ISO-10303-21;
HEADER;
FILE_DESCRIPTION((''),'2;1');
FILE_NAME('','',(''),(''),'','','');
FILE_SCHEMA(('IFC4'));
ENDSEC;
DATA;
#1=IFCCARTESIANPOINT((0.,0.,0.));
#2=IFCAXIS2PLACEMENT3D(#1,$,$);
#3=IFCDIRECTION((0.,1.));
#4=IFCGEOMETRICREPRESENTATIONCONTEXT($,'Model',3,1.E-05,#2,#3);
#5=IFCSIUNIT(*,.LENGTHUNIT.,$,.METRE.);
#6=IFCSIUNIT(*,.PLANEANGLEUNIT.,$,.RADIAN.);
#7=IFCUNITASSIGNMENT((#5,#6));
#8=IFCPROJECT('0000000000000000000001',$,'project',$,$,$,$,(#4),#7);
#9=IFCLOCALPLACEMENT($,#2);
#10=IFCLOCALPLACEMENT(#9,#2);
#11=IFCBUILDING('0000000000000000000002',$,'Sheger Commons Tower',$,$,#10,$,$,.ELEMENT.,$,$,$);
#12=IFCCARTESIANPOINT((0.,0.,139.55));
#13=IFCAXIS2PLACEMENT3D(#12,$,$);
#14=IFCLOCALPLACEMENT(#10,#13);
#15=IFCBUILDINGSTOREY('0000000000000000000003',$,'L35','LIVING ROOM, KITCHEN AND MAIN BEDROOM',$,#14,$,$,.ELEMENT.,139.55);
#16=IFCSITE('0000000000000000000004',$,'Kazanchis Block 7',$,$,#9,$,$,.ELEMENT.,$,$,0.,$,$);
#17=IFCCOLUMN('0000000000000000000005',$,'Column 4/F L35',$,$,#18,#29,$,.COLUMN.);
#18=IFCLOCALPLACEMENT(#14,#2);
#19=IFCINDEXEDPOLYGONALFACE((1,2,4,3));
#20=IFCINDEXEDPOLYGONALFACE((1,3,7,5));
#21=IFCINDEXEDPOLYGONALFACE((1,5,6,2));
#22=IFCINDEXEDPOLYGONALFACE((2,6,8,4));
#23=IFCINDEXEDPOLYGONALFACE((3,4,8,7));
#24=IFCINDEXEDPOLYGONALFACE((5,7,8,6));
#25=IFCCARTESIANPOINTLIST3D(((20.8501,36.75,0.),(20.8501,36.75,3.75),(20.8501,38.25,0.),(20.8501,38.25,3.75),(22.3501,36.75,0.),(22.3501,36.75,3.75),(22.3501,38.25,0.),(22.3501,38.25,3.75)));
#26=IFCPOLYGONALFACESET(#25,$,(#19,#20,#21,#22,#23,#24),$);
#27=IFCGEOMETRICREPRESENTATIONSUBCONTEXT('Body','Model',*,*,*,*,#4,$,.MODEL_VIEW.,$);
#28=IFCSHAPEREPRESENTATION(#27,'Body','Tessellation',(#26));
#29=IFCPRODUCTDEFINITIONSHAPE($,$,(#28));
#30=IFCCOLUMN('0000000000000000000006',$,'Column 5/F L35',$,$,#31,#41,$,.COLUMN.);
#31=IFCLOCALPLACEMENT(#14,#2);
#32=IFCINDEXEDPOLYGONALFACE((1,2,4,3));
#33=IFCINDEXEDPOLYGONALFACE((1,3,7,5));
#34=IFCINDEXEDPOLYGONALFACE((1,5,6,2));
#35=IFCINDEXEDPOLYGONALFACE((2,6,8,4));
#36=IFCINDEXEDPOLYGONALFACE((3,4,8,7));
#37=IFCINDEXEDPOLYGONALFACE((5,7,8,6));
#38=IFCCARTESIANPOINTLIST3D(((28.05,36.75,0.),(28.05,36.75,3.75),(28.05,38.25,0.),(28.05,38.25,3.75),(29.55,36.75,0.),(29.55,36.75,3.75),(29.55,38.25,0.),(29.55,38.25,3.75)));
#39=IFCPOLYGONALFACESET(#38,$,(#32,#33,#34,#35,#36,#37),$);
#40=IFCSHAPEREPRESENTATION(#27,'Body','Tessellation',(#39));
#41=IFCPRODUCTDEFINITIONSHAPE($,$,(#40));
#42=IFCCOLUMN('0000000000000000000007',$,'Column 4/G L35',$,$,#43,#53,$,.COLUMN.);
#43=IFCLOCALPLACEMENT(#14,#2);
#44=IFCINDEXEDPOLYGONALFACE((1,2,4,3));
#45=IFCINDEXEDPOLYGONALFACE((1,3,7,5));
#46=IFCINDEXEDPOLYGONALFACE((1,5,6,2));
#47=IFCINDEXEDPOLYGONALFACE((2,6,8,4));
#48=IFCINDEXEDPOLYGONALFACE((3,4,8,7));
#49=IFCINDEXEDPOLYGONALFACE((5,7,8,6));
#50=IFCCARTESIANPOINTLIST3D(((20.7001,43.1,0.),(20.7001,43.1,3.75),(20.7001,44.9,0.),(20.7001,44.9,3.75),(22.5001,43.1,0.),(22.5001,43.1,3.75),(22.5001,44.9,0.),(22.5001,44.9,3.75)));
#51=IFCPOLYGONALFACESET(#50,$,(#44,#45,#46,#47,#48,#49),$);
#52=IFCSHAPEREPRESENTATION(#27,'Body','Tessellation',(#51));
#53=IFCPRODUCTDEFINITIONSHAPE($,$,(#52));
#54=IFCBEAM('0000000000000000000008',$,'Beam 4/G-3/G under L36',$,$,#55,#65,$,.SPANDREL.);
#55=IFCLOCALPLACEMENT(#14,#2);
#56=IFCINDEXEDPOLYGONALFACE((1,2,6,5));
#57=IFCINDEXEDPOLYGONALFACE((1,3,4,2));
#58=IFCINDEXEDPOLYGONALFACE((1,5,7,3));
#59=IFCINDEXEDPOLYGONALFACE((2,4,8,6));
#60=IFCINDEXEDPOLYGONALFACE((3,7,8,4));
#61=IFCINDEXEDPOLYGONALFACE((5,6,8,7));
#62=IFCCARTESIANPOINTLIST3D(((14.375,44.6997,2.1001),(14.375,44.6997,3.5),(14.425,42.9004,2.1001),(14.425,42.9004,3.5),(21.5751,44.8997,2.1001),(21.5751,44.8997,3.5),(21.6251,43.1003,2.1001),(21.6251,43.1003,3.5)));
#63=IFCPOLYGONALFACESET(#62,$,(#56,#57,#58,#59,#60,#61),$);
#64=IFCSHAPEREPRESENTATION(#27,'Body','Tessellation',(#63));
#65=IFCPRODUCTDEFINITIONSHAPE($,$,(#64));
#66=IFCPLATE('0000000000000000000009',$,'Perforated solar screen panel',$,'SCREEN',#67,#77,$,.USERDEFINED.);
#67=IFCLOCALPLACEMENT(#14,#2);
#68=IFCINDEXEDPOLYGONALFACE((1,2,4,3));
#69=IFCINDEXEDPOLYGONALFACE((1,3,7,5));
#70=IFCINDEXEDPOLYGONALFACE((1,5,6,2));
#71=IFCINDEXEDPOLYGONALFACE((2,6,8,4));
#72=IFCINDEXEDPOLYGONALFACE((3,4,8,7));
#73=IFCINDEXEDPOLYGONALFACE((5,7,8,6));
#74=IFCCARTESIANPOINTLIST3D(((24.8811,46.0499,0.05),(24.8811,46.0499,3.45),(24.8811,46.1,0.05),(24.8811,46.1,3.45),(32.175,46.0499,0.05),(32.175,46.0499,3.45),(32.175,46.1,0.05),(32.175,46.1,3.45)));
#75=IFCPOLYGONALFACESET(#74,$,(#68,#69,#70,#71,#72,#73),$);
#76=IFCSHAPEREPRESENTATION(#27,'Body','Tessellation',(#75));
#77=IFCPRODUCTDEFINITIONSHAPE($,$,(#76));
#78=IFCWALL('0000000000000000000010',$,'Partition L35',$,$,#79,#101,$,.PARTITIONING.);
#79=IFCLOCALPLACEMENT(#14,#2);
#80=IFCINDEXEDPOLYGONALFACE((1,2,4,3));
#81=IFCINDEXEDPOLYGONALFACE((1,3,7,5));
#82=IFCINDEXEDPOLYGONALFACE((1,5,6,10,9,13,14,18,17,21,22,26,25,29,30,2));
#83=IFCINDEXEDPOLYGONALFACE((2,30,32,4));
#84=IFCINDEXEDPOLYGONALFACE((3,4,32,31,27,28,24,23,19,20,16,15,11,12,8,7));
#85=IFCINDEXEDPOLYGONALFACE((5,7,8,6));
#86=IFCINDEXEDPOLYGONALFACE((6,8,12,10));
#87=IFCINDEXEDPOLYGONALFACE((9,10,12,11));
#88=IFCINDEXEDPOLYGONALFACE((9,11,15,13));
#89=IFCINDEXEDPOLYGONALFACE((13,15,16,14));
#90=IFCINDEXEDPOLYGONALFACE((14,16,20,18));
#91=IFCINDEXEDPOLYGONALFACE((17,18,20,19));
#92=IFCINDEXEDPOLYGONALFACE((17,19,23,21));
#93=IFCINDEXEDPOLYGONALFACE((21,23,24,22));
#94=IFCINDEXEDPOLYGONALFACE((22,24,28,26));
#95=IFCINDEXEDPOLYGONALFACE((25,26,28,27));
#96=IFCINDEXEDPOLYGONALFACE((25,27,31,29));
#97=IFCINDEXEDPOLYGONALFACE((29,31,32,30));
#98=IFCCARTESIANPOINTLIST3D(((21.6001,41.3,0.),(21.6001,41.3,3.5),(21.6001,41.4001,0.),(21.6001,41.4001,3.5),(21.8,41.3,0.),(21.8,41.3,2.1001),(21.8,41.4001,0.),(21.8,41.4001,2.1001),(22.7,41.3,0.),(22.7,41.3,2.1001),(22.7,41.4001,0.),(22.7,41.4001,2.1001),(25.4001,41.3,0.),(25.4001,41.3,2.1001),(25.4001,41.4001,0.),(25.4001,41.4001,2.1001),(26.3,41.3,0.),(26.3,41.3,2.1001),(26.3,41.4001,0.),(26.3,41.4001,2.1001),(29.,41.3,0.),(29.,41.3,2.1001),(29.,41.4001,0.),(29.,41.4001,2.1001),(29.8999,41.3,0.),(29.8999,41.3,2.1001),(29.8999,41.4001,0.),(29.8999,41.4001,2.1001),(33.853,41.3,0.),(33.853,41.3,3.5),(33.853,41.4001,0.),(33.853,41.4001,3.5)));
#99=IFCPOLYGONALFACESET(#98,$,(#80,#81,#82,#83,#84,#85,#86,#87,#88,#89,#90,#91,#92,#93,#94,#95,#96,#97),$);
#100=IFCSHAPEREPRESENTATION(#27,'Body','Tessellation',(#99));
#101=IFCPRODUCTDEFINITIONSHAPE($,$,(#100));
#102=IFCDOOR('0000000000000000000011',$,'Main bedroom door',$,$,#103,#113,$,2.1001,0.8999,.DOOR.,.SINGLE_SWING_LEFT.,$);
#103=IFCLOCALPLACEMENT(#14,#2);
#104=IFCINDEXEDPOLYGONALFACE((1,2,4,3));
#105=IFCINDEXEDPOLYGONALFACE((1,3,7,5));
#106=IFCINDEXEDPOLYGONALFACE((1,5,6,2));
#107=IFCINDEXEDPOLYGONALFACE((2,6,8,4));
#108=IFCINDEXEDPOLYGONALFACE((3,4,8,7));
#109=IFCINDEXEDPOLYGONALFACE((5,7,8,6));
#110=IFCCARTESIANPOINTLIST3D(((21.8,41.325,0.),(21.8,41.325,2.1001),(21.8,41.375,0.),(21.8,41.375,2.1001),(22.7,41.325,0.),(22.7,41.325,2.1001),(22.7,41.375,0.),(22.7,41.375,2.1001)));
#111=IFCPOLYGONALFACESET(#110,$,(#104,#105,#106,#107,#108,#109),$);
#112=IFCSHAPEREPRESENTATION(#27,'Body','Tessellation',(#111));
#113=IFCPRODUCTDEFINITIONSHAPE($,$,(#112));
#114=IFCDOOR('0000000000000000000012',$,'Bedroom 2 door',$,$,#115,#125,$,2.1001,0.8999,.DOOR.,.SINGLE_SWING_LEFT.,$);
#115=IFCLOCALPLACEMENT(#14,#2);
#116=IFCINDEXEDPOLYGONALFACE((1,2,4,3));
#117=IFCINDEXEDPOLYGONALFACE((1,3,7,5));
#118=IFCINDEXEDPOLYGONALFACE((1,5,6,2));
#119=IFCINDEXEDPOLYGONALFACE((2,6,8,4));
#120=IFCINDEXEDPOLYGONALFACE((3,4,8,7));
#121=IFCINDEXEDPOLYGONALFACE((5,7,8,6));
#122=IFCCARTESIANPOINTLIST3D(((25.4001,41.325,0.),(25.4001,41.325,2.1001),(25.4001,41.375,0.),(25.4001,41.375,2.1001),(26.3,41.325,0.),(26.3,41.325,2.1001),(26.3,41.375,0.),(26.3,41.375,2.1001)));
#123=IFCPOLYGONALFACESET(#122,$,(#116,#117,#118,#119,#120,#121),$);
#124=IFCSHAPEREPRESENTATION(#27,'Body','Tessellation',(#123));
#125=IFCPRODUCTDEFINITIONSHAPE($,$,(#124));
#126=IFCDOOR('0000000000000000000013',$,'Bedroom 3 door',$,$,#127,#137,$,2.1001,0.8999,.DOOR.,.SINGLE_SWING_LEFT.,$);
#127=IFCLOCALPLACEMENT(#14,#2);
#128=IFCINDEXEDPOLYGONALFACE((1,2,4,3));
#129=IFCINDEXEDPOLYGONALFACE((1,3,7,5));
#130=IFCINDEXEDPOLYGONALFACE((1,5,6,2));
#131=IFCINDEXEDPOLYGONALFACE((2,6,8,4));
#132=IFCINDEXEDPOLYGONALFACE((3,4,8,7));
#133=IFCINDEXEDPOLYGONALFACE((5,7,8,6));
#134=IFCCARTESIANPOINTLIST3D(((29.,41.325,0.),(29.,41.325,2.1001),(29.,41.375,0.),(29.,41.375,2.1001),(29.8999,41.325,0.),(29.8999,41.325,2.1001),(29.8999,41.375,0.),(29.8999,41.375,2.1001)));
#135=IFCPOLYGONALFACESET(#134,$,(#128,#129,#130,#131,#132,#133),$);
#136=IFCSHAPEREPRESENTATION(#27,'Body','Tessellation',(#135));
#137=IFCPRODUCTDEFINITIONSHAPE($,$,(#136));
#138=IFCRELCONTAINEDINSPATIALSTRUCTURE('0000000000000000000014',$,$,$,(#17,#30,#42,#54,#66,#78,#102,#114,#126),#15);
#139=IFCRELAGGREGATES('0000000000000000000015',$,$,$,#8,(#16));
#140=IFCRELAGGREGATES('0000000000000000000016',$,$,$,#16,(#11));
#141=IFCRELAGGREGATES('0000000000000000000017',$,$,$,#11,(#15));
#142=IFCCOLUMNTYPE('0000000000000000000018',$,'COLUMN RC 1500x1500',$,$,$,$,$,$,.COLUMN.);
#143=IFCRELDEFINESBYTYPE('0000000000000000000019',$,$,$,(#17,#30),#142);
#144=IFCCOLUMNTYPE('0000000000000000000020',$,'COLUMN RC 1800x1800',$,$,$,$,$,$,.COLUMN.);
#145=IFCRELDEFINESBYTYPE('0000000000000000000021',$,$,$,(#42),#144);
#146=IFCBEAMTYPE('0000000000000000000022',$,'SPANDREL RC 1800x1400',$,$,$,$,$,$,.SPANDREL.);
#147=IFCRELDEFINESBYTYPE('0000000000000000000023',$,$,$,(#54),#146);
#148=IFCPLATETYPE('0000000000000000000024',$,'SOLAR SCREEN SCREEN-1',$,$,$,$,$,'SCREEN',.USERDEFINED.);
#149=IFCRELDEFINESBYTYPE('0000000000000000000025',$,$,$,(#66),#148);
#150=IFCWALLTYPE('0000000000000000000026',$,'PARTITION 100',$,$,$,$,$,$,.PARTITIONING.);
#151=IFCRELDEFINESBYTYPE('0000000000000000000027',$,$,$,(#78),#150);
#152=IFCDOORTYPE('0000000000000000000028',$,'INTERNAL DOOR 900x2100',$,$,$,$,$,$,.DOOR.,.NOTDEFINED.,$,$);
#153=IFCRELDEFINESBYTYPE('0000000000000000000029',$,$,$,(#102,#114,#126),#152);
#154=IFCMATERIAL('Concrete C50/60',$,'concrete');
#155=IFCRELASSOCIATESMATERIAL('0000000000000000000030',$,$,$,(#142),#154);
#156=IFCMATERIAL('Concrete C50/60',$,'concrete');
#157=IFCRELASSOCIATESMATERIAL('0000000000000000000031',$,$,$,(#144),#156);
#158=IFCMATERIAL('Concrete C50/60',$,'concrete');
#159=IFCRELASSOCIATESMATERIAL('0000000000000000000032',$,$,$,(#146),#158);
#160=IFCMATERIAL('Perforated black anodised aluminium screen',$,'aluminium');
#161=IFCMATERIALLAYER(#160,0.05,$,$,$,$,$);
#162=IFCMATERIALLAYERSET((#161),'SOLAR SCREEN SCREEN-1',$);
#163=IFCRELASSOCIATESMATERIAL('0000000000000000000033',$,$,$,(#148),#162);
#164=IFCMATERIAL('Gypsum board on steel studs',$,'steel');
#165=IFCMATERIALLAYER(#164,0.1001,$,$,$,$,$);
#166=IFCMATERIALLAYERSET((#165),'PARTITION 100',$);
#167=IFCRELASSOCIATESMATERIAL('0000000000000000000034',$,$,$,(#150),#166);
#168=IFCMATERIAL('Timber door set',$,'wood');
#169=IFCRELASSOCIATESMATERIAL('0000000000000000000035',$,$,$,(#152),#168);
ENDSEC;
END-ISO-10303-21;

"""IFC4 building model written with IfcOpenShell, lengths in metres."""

from ifc_helpers import new_model, si_unit, direction, frame, frame_2d, origin, origin_2d, place, context, subcontext, project, spatial, rectangle, extrude, material, layer, layer_set, material_profile, profile_set, type_object, element, fill, save


model = new_model("IFC4")

# Units and contexts
model_context = context("Model", 3, precision=1e-05, world=origin(), true_north=direction((0.0, 1.0)))
body_context = subcontext(model_context, "Body", "Model", "MODEL_VIEW")
ifc_project = project(units=[si_unit("LENGTHUNIT", "METRE"), si_unit("PLANEANGLEUNIT", "RADIAN")], contexts=[model_context])

# Site, building, storey
site_placement = place(None, origin())
site = spatial("IfcSite", under=ifc_project, at=site_placement, Name="Kazanchis Block 7", CompositionType="ELEMENT", RefElevation=0.0)
building_placement = place(site_placement, origin())
building = spatial("IfcBuilding", under=site, at=building_placement, Name="Sheger Commons Tower", CompositionType="ELEMENT")
storey_placement = place(building_placement, frame((0.0, 0.0, 139.55)))
storey = spatial("IfcBuildingStorey", under=building, at=storey_placement, Name="L35", Description="LIVING ROOM, KITCHEN AND MAIN BEDROOM", CompositionType="ELEMENT", Elevation=139.55)

# Columns
ifc_material_1 = material(Name="Concrete C50/60", Category="concrete")
ifc_material_profile_1 = material_profile(ifc_material_1, rectangle(XDim=1.5, YDim=1.5, at=origin_2d()), Name="RC 1500x1500")
ifc_profile_set_1 = profile_set([ifc_material_profile_1], Name="Concrete C50/60")
column_type_1 = type_object("IfcColumnType", Name="COLUMN RC 1500x1500", PredefinedType="COLUMN", material=ifc_profile_set_1)
for number, where, z_axis, x_axis, name in (
    (1, (21.6001, 37.5, 0.0), (0.0, 0.0, 1.0), (1.0, 0.0, 0.0), "Column 4/F L35"),
    (2, (28.8, 37.5, 0.0), (0.0, 0.0, 1.0), (1.0, 0.0, 0.0), "Column 5/F L35"),
):
    element("IfcColumn", number, at=place(storey_placement, frame(where, z_axis=z_axis, x_axis=x_axis)), inside=storey, type_object=column_type_1, Name=name, PredefinedType="COLUMN", context=body_context, shape_type="SweptSolid", body=[
        extrude(rectangle(XDim=1.5, YDim=1.5, at=origin_2d()), origin(), (0.0, 0.0, 1.0), 3.75),
    ])
ifc_material_2 = material(Name="Concrete C50/60", Category="concrete")
ifc_material_profile_2 = material_profile(ifc_material_2, rectangle(XDim=1.8, YDim=1.8, at=origin_2d()), Name="RC 1800x1800")
ifc_profile_set_2 = profile_set([ifc_material_profile_2], Name="Concrete C50/60")
column_type_2 = type_object("IfcColumnType", Name="COLUMN RC 1800x1800", PredefinedType="COLUMN", material=ifc_profile_set_2)
column_placement = place(storey_placement, frame((21.6001, 44.0, 0.0), z_axis=(0.0, 0.0, 1.0), x_axis=(1.0, 0.0, 0.0)))
element("IfcColumn", 3, at=column_placement, inside=storey, type_object=column_type_2, Name="Column 4/G L35", PredefinedType="COLUMN", context=body_context, shape_type="SweptSolid", body=[
    extrude(rectangle(XDim=1.8, YDim=1.8, at=origin_2d()), origin(), (0.0, 0.0, 1.0), 3.75),
])

# Beam
ifc_material_3 = material(Name="Concrete C50/60", Category="concrete")
ifc_material_profile_3 = material_profile(ifc_material_3, rectangle(XDim=1.8, YDim=1.3999, at=origin_2d()), Name="RC 1800x1400")
ifc_profile_set_3 = profile_set([ifc_material_profile_3], Name="Concrete C50/60")
beam_type = type_object("IfcBeamType", Name="SPANDREL RC 1800x1400", PredefinedType="SPANDREL", material=ifc_profile_set_3)
beam_placement = place(storey_placement, frame((21.6001, 44.0, 2.8), z_axis=(-0.999615, -0.02776, 0.0), x_axis=(0.02776, -0.999615, 0.0)))
element("IfcBeam", 4, at=beam_placement, inside=storey, type_object=beam_type, Name="Beam 4/G-3/G under L36", PredefinedType="SPANDREL", context=body_context, shape_type="SweptSolid", body=[
    extrude(rectangle(XDim=1.8, YDim=1.3999, at=origin_2d()), origin(), (0.0, 0.0, 1.0), 7.2029),
])

# Plate
ifc_material_4 = material(Name="Perforated black anodised aluminium screen", Category="aluminium")
ifc_layer_1 = layer(ifc_material_4, 0.05)
ifc_layer_set_1 = layer_set([ifc_layer_1], Name="SOLAR SCREEN SCREEN-1")
plate_type = type_object("IfcPlateType", Name="SOLAR SCREEN SCREEN-1", ElementType="SCREEN", PredefinedType="USERDEFINED", material=ifc_layer_set_1)
plate_placement = place(storey_placement, frame((28.5281, 46.075, 0.05), z_axis=(0.0, 0.0, 1.0), x_axis=(-1.0, 0.0, 0.0)))
element("IfcPlate", 5, at=plate_placement, inside=storey, type_object=plate_type, Name="Perforated solar screen panel", ObjectType="SCREEN", PredefinedType="USERDEFINED", context=body_context, shape_type="SweptSolid", body=[
    extrude(rectangle(XDim=7.2939, YDim=0.05, at=origin_2d()), origin(), (0.0, 0.0, 1.0), 3.3999),
])

# Wall, openings, doors
ifc_material_5 = material(Name="Gypsum board on steel studs", Category="steel")
ifc_layer_2 = layer(ifc_material_5, 0.1001)
ifc_layer_set_2 = layer_set([ifc_layer_2], Name="PARTITION 100")
wall_type = type_object("IfcWallType", Name="PARTITION 100", PredefinedType="PARTITIONING", material=ifc_layer_set_2)
wall_1_placement = place(storey_placement, frame((21.6001, 41.3501, 0.0), z_axis=(0.0, 0.0, 1.0), x_axis=(1.0, 0.0, 0.0)))
wall_1 = element("IfcWall", 6, at=wall_1_placement, inside=storey, type_object=wall_type, Name="Partition L35", PredefinedType="PARTITIONING", context=body_context, shape_type="SweptSolid", body=[
    extrude(rectangle(XDim=12.2529, YDim=0.1001, at=frame_2d((6.1265, 0.0))), origin(), (0.0, 0.0, 1.0), 3.5),
])
opening_1_placement = place(wall_1_placement, frame((0.2, 0.0, 0.0)))
opening_1 = element("IfcOpeningElement", 7, at=opening_1_placement, cuts=wall_1, PredefinedType="OPENING", context=body_context, shape_type="SweptSolid", body=[
    extrude(rectangle(XDim=0.8999, YDim=2.1001, at=frame_2d((0.45, 1.05))), frame((0.0, 0.0601, 0.0), z_axis=(0.0, -1.0, 0.0), x_axis=(1.0, 0.0, 0.0)), (0.0, 0.0, 1.0), 0.1201),
])
opening_2_placement = place(wall_1_placement, frame((3.8, 0.0, 0.0)))
opening_2 = element("IfcOpeningElement", 8, at=opening_2_placement, cuts=wall_1, PredefinedType="OPENING", context=body_context, shape_type="SweptSolid", body=[
    extrude(rectangle(XDim=0.8999, YDim=2.1001, at=frame_2d((0.45, 1.05))), frame((0.0, 0.0601, 0.0), z_axis=(0.0, -1.0, 0.0), x_axis=(1.0, 0.0, 0.0)), (0.0, 0.0, 1.0), 0.1201),
])
opening_3_placement = place(wall_1_placement, frame((7.3999, 0.0, 0.0)))
opening_3 = element("IfcOpeningElement", 9, at=opening_3_placement, cuts=wall_1, PredefinedType="OPENING", context=body_context, shape_type="SweptSolid", body=[
    extrude(rectangle(XDim=0.8999, YDim=2.1001, at=frame_2d((0.45, 1.05))), frame((0.0, 0.0601, 0.0), z_axis=(0.0, -1.0, 0.0), x_axis=(1.0, 0.0, 0.0)), (0.0, 0.0, 1.0), 0.1201),
])
ifc_material_6 = material(Name="Timber door set", Category="wood")
door_type = type_object("IfcDoorType", Name="INTERNAL DOOR 900x2100", OperationType="NOTDEFINED", PredefinedType="DOOR", material=ifc_material_6)
door_1_placement = place(opening_1_placement, origin())
door_1 = element("IfcDoor", 10, at=door_1_placement, inside=storey, type_object=door_type, Name="Main bedroom door", OperationType="SINGLE_SWING_LEFT", OverallHeight=2.1001, OverallWidth=0.8999, PredefinedType="DOOR", context=body_context, shape_type="SweptSolid", body=[
    extrude(rectangle(XDim=0.8999, YDim=2.1001, at=frame_2d((0.45, 1.05))), frame((0.0, 0.0249, 0.0), z_axis=(0.0, -1.0, 0.0), x_axis=(1.0, 0.0, 0.0)), (0.0, 0.0, 1.0), 0.05),
])
fill(opening_1, door_1)
door_2_placement = place(opening_2_placement, origin())
door_2 = element("IfcDoor", 11, at=door_2_placement, inside=storey, type_object=door_type, Name="Bedroom 2 door", OperationType="SINGLE_SWING_LEFT", OverallHeight=2.1001, OverallWidth=0.8999, PredefinedType="DOOR", context=body_context, shape_type="SweptSolid", body=[
    extrude(rectangle(XDim=0.8999, YDim=2.1001, at=frame_2d((0.45, 1.05))), frame((0.0, 0.0249, 0.0), z_axis=(0.0, -1.0, 0.0), x_axis=(1.0, 0.0, 0.0)), (0.0, 0.0, 1.0), 0.05),
])
fill(opening_2, door_2)
door_3_placement = place(opening_3_placement, origin())
door_3 = element("IfcDoor", 12, at=door_3_placement, inside=storey, type_object=door_type, Name="Bedroom 3 door", OperationType="SINGLE_SWING_LEFT", OverallHeight=2.1001, OverallWidth=0.8999, PredefinedType="DOOR", context=body_context, shape_type="SweptSolid", body=[
    extrude(rectangle(XDim=0.8999, YDim=2.1001, at=frame_2d((0.45, 1.05))), frame((0.0, 0.0249, 0.0), z_axis=(0.0, -1.0, 0.0), x_axis=(1.0, 0.0, 0.0)), (0.0, 0.0, 1.0), 0.05),
])
fill(opening_3, door_3)

save(model, "model.ifc")
